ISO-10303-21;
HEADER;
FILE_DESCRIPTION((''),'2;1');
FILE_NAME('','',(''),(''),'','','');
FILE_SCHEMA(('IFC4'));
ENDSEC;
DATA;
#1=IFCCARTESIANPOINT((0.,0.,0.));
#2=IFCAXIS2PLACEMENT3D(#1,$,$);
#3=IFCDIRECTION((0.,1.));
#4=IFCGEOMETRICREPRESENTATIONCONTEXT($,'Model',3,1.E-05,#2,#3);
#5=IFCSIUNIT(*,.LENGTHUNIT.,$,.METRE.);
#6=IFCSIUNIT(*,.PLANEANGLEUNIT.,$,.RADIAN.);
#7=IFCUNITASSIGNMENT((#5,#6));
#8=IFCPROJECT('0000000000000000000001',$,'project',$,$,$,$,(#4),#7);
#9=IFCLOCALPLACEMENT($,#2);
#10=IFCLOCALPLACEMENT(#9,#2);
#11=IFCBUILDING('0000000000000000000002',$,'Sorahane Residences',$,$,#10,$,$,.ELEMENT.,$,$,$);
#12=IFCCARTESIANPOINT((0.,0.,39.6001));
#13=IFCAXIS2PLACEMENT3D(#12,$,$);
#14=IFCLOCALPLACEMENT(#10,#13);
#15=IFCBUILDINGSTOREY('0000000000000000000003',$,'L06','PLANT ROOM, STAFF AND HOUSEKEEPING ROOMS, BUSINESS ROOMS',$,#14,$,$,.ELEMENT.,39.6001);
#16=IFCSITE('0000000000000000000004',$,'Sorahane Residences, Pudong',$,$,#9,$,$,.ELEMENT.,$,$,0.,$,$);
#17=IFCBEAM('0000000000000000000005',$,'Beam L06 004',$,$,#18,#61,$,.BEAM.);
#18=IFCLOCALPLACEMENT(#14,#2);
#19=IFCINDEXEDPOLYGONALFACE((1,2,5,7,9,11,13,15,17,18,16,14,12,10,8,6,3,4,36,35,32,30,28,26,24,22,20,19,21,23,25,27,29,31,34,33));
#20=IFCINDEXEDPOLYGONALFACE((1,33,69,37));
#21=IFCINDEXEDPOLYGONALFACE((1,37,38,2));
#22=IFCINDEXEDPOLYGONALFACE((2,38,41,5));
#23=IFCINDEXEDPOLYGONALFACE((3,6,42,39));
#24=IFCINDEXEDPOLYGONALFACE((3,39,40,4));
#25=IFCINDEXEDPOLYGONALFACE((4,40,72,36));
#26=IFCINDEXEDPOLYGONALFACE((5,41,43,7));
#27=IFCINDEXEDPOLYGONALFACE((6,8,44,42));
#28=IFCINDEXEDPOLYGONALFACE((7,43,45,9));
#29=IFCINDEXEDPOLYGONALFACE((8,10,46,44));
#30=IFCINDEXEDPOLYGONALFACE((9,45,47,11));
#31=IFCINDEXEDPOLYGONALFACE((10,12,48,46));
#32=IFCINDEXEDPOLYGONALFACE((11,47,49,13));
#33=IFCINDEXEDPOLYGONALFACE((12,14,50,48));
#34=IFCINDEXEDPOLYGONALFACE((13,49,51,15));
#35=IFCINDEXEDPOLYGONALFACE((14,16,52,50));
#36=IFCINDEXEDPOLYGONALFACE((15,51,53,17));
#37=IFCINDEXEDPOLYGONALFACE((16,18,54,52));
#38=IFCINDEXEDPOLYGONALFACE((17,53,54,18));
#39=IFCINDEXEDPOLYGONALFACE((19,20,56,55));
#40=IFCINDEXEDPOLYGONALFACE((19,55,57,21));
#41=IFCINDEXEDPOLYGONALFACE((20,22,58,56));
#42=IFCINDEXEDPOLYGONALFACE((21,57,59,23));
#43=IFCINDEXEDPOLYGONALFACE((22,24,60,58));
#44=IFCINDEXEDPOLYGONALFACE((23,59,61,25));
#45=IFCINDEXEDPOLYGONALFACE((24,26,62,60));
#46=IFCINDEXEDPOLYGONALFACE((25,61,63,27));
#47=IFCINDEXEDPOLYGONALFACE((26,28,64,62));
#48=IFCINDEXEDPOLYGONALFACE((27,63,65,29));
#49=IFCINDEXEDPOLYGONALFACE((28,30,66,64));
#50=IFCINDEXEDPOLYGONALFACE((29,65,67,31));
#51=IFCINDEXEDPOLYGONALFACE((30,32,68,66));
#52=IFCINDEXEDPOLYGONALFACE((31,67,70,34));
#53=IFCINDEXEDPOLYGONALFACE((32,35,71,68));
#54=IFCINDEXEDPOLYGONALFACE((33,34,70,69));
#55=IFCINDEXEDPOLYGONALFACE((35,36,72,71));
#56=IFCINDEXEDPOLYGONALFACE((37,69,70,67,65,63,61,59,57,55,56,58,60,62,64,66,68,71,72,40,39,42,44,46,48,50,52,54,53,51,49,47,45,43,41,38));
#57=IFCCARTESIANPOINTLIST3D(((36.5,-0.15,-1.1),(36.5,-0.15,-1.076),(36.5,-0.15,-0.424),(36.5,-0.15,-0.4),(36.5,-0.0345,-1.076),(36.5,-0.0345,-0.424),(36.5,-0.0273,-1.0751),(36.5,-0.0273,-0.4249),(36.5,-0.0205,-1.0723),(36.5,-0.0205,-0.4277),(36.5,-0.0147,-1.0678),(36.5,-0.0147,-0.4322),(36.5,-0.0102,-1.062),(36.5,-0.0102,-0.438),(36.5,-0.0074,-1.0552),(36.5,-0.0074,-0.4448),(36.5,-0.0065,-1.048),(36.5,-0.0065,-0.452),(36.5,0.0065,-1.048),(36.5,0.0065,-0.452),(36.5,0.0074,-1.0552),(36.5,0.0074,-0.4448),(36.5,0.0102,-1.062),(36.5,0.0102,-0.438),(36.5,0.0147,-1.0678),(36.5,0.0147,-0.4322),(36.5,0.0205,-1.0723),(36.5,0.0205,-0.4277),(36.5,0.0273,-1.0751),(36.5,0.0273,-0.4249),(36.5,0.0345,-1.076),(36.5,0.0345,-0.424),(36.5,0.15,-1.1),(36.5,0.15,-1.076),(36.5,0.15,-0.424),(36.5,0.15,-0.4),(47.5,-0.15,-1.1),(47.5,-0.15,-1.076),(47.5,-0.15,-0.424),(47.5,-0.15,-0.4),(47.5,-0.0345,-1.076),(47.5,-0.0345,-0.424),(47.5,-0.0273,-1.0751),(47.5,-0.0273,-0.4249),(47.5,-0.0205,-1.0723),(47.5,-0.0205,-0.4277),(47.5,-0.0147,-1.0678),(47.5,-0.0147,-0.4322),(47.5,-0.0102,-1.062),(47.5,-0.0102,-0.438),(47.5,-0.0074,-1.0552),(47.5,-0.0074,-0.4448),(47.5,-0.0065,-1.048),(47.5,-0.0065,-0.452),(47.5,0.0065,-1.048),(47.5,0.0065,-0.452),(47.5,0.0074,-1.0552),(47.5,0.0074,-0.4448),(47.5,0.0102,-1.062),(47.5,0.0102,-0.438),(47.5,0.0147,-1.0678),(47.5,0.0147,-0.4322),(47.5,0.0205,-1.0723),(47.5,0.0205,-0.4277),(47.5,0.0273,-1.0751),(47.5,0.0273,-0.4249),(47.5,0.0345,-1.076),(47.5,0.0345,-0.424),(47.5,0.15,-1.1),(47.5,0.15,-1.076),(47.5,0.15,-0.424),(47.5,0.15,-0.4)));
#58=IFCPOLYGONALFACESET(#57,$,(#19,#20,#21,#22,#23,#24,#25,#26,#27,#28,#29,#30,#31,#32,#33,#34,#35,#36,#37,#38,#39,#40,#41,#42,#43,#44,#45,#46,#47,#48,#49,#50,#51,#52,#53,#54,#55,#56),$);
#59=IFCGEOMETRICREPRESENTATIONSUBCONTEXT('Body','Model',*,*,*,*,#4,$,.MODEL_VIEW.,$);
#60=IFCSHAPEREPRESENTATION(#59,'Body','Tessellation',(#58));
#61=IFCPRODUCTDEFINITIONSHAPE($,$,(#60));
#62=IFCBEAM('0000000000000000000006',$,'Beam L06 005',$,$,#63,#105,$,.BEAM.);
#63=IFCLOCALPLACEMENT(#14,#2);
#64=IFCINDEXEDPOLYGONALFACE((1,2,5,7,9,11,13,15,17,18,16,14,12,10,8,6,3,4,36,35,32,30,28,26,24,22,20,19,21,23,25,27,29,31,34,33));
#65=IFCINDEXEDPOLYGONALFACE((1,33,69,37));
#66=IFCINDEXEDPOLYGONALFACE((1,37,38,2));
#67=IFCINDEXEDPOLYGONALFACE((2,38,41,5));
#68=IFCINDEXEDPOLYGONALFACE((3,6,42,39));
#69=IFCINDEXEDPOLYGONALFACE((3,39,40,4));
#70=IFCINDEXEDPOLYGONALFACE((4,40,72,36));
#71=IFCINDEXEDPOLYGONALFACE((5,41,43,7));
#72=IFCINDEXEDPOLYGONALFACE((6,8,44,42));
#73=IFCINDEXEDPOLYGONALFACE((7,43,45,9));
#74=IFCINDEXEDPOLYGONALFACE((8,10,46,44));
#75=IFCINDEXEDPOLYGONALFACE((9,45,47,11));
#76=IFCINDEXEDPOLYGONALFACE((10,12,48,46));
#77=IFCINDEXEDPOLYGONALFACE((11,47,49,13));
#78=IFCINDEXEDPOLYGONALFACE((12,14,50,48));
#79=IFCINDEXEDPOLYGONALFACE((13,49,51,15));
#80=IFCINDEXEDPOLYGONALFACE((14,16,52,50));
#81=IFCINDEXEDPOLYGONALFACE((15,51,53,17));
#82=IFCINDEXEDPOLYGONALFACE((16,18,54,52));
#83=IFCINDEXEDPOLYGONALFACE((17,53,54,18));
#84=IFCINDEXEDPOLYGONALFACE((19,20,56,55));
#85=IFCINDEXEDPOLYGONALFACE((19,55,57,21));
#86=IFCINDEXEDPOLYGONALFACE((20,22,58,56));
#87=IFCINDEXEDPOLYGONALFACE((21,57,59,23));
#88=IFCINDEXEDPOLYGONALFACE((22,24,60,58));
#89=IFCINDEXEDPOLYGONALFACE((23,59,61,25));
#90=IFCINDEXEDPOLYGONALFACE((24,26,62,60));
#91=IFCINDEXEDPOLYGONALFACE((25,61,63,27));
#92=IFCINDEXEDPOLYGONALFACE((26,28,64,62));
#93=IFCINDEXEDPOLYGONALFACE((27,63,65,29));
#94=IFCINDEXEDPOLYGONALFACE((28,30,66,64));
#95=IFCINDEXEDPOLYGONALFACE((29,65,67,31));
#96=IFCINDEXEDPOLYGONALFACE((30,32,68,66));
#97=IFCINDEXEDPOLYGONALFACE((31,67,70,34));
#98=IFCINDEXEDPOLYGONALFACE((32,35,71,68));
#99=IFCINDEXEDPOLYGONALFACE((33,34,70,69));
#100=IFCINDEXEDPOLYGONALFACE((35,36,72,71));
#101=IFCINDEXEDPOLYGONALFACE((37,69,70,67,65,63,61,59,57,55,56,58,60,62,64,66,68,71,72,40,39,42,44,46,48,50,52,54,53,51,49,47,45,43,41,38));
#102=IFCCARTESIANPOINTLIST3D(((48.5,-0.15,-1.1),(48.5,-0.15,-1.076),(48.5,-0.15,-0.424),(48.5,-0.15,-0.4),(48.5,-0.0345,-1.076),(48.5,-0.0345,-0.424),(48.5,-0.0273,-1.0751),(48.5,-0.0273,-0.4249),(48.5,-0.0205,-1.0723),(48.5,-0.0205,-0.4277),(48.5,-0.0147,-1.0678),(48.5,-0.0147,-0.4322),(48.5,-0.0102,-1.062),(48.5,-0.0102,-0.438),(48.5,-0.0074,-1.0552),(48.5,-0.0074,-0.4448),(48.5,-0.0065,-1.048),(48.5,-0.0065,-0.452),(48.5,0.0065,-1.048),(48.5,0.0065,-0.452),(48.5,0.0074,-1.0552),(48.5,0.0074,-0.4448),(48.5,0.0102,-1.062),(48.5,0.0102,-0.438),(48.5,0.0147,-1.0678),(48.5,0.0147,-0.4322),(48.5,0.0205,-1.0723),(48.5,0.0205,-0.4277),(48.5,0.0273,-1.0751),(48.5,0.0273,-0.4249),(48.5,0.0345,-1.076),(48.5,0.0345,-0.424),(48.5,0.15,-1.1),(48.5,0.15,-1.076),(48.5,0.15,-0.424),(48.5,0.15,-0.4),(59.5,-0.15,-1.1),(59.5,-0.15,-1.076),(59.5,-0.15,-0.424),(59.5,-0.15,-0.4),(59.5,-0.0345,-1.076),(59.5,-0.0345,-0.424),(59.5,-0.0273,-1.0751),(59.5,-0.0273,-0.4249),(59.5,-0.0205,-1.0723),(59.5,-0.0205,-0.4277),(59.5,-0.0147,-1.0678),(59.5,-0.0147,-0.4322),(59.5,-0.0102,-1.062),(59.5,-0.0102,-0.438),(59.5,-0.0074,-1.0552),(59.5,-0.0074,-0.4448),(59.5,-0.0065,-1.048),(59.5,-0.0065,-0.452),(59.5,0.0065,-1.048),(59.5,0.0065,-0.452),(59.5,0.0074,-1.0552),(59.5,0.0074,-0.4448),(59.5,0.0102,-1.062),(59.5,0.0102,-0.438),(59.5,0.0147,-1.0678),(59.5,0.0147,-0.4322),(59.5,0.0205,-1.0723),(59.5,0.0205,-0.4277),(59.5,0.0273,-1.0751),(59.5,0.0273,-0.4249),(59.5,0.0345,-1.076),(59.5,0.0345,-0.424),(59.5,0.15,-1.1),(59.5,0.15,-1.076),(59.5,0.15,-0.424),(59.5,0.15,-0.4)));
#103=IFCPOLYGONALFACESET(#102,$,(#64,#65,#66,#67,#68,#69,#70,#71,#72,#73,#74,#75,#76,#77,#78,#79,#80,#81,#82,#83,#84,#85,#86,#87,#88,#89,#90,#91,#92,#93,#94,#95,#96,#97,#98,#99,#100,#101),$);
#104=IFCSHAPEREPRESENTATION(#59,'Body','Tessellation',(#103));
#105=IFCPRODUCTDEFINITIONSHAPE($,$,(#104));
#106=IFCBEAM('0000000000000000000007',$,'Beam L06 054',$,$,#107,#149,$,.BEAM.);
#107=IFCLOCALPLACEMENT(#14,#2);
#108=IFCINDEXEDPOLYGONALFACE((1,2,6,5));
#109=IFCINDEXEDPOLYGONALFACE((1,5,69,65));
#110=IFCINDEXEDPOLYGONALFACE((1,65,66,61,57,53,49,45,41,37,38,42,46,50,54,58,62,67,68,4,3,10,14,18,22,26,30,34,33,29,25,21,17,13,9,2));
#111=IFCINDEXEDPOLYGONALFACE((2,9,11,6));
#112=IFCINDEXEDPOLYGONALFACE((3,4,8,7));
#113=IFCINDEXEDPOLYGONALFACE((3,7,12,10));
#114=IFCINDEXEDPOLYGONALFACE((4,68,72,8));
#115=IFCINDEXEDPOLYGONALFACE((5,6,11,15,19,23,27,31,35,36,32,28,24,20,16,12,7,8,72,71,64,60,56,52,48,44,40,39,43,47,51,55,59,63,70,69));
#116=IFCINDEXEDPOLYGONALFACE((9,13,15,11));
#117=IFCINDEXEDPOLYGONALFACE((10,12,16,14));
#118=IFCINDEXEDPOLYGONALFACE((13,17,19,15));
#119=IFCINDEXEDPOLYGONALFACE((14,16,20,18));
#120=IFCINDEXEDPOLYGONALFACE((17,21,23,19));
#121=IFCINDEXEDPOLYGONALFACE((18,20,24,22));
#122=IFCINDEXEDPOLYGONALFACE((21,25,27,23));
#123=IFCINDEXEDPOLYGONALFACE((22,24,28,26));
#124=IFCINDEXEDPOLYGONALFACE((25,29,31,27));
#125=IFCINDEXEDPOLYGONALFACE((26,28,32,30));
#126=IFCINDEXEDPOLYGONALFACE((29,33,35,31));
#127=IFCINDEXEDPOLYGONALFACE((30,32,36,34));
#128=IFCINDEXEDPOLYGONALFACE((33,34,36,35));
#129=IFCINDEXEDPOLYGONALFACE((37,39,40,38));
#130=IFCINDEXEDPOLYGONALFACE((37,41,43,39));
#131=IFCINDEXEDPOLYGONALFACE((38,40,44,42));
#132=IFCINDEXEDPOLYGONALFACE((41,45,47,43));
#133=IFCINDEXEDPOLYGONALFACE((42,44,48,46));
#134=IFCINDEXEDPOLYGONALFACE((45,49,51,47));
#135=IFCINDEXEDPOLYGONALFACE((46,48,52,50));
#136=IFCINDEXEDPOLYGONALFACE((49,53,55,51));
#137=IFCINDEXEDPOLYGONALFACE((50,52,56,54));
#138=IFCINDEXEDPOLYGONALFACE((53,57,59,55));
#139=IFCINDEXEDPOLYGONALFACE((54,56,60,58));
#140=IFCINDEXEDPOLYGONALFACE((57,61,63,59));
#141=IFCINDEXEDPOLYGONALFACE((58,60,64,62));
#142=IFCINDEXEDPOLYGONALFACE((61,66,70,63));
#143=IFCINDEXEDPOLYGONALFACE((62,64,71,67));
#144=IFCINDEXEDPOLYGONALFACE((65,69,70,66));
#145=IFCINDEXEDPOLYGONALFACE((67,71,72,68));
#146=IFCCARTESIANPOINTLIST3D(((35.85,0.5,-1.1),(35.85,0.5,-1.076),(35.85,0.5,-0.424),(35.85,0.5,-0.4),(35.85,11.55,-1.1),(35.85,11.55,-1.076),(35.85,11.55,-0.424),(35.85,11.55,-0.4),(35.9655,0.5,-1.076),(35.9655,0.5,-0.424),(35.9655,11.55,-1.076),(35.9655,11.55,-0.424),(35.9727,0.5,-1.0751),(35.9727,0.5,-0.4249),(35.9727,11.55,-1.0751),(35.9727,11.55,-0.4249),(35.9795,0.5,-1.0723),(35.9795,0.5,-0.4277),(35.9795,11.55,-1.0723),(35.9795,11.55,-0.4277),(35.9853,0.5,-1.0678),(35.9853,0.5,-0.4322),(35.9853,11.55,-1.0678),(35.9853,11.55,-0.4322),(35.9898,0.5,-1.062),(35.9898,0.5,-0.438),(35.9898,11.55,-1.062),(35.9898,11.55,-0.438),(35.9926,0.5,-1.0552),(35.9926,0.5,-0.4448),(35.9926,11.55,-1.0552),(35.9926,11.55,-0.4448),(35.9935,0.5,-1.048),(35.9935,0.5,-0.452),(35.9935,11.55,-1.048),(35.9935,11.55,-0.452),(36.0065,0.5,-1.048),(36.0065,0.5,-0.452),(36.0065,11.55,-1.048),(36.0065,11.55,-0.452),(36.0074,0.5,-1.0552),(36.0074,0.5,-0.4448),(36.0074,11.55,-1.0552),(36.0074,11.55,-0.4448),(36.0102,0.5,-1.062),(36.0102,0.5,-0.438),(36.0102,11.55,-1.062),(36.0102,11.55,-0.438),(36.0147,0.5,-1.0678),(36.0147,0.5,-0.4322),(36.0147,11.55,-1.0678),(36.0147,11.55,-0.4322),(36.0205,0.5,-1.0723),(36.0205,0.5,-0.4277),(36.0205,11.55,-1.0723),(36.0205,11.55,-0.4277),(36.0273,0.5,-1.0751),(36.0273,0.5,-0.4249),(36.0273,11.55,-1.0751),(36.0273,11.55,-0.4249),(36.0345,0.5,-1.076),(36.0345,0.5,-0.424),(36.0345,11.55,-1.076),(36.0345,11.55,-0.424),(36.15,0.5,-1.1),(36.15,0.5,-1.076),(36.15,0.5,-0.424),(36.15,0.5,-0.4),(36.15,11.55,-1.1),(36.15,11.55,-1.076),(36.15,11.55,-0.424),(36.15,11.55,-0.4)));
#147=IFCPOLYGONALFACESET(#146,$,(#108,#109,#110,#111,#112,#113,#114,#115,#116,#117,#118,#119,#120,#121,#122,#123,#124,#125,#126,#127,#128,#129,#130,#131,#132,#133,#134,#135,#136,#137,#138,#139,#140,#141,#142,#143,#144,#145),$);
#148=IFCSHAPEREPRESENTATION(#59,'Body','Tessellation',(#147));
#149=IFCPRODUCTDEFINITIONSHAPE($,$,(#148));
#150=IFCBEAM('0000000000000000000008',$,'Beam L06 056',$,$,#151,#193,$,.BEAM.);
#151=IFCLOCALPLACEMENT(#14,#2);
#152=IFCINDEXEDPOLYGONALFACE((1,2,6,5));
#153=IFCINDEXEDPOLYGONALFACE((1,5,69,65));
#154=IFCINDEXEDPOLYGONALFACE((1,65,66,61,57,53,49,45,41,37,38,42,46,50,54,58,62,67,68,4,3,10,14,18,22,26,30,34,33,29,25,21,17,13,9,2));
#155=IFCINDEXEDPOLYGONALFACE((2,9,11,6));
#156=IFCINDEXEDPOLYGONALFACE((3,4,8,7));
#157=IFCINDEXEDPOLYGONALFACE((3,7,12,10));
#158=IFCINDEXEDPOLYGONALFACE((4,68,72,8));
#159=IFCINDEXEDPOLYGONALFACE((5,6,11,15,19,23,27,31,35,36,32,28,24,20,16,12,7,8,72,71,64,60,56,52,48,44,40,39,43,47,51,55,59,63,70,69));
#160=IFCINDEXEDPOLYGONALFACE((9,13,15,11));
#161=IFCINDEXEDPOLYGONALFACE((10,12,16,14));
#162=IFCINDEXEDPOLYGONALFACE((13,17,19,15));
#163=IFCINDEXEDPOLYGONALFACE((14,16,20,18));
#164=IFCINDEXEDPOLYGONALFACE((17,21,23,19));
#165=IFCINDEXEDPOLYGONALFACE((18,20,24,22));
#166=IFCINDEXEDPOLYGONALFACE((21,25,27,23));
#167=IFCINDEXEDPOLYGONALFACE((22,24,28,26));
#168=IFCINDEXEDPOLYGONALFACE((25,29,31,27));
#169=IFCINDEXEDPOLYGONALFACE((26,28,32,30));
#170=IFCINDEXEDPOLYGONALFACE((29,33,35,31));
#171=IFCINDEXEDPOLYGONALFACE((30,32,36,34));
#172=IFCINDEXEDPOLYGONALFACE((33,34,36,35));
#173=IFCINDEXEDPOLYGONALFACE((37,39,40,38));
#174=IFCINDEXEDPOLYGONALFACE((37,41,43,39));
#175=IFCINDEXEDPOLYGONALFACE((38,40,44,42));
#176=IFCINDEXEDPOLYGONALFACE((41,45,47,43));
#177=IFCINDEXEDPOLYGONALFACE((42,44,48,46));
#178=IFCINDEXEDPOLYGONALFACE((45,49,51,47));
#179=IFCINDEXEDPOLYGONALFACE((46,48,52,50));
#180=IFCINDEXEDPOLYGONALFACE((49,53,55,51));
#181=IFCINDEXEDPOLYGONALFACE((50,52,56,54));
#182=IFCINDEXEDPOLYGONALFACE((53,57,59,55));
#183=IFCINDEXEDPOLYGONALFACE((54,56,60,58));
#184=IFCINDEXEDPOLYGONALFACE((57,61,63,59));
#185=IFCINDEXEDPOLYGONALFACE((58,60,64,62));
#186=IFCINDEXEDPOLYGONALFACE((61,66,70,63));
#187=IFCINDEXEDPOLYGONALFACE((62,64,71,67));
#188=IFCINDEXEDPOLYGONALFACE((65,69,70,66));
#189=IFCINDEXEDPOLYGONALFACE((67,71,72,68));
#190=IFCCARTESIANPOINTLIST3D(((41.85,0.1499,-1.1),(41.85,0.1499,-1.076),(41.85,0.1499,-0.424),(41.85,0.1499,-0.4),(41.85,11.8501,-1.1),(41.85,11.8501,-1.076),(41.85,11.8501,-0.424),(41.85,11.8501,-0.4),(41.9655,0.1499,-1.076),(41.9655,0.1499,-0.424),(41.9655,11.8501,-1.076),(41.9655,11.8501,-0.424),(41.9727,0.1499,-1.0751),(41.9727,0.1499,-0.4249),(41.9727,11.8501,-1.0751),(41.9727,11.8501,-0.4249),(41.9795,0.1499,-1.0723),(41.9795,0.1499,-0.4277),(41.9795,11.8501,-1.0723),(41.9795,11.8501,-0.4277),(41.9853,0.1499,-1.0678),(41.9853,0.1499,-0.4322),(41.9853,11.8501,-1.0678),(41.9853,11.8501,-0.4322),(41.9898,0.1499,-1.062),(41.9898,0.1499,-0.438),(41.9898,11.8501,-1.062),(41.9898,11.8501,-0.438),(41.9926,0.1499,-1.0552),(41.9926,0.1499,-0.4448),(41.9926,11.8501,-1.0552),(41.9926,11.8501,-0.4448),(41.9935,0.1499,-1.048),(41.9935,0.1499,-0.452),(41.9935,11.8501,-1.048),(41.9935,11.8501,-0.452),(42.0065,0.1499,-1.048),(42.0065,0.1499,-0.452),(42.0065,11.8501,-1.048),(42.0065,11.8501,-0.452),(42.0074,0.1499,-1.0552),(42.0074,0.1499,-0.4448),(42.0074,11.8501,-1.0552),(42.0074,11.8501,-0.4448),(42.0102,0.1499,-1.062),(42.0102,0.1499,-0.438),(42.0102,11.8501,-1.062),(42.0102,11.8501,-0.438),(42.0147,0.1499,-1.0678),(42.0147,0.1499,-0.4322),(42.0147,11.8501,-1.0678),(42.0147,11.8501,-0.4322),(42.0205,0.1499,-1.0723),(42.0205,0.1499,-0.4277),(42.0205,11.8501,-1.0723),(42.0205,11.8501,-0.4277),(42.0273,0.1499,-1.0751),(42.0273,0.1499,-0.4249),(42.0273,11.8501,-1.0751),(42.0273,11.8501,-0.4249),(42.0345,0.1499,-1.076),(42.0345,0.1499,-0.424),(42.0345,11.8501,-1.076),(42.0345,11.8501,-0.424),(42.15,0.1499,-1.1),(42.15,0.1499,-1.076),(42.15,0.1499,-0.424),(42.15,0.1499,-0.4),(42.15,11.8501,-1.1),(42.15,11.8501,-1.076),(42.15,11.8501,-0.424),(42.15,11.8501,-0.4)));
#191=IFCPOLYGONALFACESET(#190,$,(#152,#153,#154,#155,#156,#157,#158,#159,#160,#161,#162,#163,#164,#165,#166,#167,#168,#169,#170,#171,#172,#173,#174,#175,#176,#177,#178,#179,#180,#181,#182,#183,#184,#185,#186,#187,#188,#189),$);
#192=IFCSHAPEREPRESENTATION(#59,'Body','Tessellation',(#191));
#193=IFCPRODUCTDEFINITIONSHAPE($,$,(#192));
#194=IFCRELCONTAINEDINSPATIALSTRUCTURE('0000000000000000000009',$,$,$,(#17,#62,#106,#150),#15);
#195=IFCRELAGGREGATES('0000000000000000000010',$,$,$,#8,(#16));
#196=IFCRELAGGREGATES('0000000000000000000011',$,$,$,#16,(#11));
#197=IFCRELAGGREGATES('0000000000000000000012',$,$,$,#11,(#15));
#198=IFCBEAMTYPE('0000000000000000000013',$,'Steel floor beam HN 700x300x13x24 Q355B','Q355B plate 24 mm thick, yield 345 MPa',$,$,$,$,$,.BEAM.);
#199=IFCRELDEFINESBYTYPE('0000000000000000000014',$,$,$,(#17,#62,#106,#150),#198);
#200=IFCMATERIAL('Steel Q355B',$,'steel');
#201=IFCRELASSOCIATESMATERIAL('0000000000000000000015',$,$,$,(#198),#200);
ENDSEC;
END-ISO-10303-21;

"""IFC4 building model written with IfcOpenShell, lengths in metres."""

from ifc_helpers import new_model, si_unit, direction, frame, origin, origin_2d, place, context, subcontext, project, spatial, i_section, extrude, material, material_profile, profile_set, type_object, element, save


model = new_model("IFC4")

# Units and contexts
model_context = context("Model", 3, precision=1e-05, world=origin(), true_north=direction((0.0, 1.0)))
body_context = subcontext(model_context, "Body", "Model", "MODEL_VIEW")
ifc_project = project(units=[si_unit("LENGTHUNIT", "METRE"), si_unit("PLANEANGLEUNIT", "RADIAN")], contexts=[model_context])

# Site, building, storey
site_placement = place(None, origin())
site = spatial("IfcSite", under=ifc_project, at=site_placement, Name="Sorahane Residences, Pudong", CompositionType="ELEMENT", RefElevation=0.0)
building_placement = place(site_placement, origin())
building = spatial("IfcBuilding", under=site, at=building_placement, Name="Sorahane Residences", CompositionType="ELEMENT")
storey_placement = place(building_placement, frame((0.0, 0.0, 39.6001)))
storey = spatial("IfcBuildingStorey", under=building, at=storey_placement, Name="L06", Description="PLANT ROOM, STAFF AND HOUSEKEEPING ROOMS, BUSINESS ROOMS", CompositionType="ELEMENT", Elevation=39.6001)

# Beams
ifc_material_1 = material(Name="Steel Q355B", Category="steel")
ifc_material_profile_1 = material_profile(ifc_material_1, i_section(OverallWidth=0.3, OverallDepth=0.7, WebThickness=0.0129, FlangeThickness=0.0239, FilletRadius=0.0281, at=origin_2d()), Name="HN 700x300x13x24")
ifc_profile_set_1 = profile_set([ifc_material_profile_1], Name="Steel Q355B")
beam_type_1 = type_object("IfcBeamType", Name="Steel floor beam HN 700x300x13x24 Q355B", Description="Q355B plate 24 mm thick, yield 345 MPa", PredefinedType="BEAM", material=ifc_profile_set_1)
for number, where, z_axis, x_axis, name in (
    (1, (36.5, 0.0, -0.75), (1.0, 0.0, 0.0), (0.0, 1.0, 0.0), "Beam L06 004"),
    (2, (48.5, 0.0, -0.75), (1.0, 0.0, 0.0), (0.0, 1.0, 0.0), "Beam L06 005"),
):
    element("IfcBeam", number, at=place(storey_placement, frame(where, z_axis=z_axis, x_axis=x_axis)), inside=storey, type_object=beam_type_1, Name=name, PredefinedType="BEAM", context=body_context, shape_type="SweptSolid", body=[
        extrude(i_section(OverallWidth=0.3, OverallDepth=0.7, WebThickness=0.0129, FlangeThickness=0.0239, FilletRadius=0.0281, at=origin_2d()), origin(), (0.0, 0.0, 1.0), 11.0),
    ])
beam_1_placement = place(storey_placement, frame((36.0, 0.5, -0.75), z_axis=(0.0, 1.0, 0.0), x_axis=(-1.0, 0.0, 0.0)))
element("IfcBeam", 3, at=beam_1_placement, inside=storey, type_object=beam_type_1, Name="Beam L06 054", PredefinedType="BEAM", context=body_context, shape_type="SweptSolid", body=[
    extrude(i_section(OverallWidth=0.3, OverallDepth=0.7, WebThickness=0.0129, FlangeThickness=0.0239, FilletRadius=0.0281, at=origin_2d()), origin(), (0.0, 0.0, 1.0), 11.05),
])
beam_2_placement = place(storey_placement, frame((42.0, 0.1499, -0.75), z_axis=(0.0, 1.0, 0.0), x_axis=(-1.0, 0.0, 0.0)))
element("IfcBeam", 4, at=beam_2_placement, inside=storey, type_object=beam_type_1, Name="Beam L06 056", PredefinedType="BEAM", context=body_context, shape_type="SweptSolid", body=[
    extrude(i_section(OverallWidth=0.3, OverallDepth=0.7, WebThickness=0.0129, FlangeThickness=0.0239, FilletRadius=0.0281, at=origin_2d()), origin(), (0.0, 0.0, 1.0), 11.7002),
])

save(model, "model.ifc")
